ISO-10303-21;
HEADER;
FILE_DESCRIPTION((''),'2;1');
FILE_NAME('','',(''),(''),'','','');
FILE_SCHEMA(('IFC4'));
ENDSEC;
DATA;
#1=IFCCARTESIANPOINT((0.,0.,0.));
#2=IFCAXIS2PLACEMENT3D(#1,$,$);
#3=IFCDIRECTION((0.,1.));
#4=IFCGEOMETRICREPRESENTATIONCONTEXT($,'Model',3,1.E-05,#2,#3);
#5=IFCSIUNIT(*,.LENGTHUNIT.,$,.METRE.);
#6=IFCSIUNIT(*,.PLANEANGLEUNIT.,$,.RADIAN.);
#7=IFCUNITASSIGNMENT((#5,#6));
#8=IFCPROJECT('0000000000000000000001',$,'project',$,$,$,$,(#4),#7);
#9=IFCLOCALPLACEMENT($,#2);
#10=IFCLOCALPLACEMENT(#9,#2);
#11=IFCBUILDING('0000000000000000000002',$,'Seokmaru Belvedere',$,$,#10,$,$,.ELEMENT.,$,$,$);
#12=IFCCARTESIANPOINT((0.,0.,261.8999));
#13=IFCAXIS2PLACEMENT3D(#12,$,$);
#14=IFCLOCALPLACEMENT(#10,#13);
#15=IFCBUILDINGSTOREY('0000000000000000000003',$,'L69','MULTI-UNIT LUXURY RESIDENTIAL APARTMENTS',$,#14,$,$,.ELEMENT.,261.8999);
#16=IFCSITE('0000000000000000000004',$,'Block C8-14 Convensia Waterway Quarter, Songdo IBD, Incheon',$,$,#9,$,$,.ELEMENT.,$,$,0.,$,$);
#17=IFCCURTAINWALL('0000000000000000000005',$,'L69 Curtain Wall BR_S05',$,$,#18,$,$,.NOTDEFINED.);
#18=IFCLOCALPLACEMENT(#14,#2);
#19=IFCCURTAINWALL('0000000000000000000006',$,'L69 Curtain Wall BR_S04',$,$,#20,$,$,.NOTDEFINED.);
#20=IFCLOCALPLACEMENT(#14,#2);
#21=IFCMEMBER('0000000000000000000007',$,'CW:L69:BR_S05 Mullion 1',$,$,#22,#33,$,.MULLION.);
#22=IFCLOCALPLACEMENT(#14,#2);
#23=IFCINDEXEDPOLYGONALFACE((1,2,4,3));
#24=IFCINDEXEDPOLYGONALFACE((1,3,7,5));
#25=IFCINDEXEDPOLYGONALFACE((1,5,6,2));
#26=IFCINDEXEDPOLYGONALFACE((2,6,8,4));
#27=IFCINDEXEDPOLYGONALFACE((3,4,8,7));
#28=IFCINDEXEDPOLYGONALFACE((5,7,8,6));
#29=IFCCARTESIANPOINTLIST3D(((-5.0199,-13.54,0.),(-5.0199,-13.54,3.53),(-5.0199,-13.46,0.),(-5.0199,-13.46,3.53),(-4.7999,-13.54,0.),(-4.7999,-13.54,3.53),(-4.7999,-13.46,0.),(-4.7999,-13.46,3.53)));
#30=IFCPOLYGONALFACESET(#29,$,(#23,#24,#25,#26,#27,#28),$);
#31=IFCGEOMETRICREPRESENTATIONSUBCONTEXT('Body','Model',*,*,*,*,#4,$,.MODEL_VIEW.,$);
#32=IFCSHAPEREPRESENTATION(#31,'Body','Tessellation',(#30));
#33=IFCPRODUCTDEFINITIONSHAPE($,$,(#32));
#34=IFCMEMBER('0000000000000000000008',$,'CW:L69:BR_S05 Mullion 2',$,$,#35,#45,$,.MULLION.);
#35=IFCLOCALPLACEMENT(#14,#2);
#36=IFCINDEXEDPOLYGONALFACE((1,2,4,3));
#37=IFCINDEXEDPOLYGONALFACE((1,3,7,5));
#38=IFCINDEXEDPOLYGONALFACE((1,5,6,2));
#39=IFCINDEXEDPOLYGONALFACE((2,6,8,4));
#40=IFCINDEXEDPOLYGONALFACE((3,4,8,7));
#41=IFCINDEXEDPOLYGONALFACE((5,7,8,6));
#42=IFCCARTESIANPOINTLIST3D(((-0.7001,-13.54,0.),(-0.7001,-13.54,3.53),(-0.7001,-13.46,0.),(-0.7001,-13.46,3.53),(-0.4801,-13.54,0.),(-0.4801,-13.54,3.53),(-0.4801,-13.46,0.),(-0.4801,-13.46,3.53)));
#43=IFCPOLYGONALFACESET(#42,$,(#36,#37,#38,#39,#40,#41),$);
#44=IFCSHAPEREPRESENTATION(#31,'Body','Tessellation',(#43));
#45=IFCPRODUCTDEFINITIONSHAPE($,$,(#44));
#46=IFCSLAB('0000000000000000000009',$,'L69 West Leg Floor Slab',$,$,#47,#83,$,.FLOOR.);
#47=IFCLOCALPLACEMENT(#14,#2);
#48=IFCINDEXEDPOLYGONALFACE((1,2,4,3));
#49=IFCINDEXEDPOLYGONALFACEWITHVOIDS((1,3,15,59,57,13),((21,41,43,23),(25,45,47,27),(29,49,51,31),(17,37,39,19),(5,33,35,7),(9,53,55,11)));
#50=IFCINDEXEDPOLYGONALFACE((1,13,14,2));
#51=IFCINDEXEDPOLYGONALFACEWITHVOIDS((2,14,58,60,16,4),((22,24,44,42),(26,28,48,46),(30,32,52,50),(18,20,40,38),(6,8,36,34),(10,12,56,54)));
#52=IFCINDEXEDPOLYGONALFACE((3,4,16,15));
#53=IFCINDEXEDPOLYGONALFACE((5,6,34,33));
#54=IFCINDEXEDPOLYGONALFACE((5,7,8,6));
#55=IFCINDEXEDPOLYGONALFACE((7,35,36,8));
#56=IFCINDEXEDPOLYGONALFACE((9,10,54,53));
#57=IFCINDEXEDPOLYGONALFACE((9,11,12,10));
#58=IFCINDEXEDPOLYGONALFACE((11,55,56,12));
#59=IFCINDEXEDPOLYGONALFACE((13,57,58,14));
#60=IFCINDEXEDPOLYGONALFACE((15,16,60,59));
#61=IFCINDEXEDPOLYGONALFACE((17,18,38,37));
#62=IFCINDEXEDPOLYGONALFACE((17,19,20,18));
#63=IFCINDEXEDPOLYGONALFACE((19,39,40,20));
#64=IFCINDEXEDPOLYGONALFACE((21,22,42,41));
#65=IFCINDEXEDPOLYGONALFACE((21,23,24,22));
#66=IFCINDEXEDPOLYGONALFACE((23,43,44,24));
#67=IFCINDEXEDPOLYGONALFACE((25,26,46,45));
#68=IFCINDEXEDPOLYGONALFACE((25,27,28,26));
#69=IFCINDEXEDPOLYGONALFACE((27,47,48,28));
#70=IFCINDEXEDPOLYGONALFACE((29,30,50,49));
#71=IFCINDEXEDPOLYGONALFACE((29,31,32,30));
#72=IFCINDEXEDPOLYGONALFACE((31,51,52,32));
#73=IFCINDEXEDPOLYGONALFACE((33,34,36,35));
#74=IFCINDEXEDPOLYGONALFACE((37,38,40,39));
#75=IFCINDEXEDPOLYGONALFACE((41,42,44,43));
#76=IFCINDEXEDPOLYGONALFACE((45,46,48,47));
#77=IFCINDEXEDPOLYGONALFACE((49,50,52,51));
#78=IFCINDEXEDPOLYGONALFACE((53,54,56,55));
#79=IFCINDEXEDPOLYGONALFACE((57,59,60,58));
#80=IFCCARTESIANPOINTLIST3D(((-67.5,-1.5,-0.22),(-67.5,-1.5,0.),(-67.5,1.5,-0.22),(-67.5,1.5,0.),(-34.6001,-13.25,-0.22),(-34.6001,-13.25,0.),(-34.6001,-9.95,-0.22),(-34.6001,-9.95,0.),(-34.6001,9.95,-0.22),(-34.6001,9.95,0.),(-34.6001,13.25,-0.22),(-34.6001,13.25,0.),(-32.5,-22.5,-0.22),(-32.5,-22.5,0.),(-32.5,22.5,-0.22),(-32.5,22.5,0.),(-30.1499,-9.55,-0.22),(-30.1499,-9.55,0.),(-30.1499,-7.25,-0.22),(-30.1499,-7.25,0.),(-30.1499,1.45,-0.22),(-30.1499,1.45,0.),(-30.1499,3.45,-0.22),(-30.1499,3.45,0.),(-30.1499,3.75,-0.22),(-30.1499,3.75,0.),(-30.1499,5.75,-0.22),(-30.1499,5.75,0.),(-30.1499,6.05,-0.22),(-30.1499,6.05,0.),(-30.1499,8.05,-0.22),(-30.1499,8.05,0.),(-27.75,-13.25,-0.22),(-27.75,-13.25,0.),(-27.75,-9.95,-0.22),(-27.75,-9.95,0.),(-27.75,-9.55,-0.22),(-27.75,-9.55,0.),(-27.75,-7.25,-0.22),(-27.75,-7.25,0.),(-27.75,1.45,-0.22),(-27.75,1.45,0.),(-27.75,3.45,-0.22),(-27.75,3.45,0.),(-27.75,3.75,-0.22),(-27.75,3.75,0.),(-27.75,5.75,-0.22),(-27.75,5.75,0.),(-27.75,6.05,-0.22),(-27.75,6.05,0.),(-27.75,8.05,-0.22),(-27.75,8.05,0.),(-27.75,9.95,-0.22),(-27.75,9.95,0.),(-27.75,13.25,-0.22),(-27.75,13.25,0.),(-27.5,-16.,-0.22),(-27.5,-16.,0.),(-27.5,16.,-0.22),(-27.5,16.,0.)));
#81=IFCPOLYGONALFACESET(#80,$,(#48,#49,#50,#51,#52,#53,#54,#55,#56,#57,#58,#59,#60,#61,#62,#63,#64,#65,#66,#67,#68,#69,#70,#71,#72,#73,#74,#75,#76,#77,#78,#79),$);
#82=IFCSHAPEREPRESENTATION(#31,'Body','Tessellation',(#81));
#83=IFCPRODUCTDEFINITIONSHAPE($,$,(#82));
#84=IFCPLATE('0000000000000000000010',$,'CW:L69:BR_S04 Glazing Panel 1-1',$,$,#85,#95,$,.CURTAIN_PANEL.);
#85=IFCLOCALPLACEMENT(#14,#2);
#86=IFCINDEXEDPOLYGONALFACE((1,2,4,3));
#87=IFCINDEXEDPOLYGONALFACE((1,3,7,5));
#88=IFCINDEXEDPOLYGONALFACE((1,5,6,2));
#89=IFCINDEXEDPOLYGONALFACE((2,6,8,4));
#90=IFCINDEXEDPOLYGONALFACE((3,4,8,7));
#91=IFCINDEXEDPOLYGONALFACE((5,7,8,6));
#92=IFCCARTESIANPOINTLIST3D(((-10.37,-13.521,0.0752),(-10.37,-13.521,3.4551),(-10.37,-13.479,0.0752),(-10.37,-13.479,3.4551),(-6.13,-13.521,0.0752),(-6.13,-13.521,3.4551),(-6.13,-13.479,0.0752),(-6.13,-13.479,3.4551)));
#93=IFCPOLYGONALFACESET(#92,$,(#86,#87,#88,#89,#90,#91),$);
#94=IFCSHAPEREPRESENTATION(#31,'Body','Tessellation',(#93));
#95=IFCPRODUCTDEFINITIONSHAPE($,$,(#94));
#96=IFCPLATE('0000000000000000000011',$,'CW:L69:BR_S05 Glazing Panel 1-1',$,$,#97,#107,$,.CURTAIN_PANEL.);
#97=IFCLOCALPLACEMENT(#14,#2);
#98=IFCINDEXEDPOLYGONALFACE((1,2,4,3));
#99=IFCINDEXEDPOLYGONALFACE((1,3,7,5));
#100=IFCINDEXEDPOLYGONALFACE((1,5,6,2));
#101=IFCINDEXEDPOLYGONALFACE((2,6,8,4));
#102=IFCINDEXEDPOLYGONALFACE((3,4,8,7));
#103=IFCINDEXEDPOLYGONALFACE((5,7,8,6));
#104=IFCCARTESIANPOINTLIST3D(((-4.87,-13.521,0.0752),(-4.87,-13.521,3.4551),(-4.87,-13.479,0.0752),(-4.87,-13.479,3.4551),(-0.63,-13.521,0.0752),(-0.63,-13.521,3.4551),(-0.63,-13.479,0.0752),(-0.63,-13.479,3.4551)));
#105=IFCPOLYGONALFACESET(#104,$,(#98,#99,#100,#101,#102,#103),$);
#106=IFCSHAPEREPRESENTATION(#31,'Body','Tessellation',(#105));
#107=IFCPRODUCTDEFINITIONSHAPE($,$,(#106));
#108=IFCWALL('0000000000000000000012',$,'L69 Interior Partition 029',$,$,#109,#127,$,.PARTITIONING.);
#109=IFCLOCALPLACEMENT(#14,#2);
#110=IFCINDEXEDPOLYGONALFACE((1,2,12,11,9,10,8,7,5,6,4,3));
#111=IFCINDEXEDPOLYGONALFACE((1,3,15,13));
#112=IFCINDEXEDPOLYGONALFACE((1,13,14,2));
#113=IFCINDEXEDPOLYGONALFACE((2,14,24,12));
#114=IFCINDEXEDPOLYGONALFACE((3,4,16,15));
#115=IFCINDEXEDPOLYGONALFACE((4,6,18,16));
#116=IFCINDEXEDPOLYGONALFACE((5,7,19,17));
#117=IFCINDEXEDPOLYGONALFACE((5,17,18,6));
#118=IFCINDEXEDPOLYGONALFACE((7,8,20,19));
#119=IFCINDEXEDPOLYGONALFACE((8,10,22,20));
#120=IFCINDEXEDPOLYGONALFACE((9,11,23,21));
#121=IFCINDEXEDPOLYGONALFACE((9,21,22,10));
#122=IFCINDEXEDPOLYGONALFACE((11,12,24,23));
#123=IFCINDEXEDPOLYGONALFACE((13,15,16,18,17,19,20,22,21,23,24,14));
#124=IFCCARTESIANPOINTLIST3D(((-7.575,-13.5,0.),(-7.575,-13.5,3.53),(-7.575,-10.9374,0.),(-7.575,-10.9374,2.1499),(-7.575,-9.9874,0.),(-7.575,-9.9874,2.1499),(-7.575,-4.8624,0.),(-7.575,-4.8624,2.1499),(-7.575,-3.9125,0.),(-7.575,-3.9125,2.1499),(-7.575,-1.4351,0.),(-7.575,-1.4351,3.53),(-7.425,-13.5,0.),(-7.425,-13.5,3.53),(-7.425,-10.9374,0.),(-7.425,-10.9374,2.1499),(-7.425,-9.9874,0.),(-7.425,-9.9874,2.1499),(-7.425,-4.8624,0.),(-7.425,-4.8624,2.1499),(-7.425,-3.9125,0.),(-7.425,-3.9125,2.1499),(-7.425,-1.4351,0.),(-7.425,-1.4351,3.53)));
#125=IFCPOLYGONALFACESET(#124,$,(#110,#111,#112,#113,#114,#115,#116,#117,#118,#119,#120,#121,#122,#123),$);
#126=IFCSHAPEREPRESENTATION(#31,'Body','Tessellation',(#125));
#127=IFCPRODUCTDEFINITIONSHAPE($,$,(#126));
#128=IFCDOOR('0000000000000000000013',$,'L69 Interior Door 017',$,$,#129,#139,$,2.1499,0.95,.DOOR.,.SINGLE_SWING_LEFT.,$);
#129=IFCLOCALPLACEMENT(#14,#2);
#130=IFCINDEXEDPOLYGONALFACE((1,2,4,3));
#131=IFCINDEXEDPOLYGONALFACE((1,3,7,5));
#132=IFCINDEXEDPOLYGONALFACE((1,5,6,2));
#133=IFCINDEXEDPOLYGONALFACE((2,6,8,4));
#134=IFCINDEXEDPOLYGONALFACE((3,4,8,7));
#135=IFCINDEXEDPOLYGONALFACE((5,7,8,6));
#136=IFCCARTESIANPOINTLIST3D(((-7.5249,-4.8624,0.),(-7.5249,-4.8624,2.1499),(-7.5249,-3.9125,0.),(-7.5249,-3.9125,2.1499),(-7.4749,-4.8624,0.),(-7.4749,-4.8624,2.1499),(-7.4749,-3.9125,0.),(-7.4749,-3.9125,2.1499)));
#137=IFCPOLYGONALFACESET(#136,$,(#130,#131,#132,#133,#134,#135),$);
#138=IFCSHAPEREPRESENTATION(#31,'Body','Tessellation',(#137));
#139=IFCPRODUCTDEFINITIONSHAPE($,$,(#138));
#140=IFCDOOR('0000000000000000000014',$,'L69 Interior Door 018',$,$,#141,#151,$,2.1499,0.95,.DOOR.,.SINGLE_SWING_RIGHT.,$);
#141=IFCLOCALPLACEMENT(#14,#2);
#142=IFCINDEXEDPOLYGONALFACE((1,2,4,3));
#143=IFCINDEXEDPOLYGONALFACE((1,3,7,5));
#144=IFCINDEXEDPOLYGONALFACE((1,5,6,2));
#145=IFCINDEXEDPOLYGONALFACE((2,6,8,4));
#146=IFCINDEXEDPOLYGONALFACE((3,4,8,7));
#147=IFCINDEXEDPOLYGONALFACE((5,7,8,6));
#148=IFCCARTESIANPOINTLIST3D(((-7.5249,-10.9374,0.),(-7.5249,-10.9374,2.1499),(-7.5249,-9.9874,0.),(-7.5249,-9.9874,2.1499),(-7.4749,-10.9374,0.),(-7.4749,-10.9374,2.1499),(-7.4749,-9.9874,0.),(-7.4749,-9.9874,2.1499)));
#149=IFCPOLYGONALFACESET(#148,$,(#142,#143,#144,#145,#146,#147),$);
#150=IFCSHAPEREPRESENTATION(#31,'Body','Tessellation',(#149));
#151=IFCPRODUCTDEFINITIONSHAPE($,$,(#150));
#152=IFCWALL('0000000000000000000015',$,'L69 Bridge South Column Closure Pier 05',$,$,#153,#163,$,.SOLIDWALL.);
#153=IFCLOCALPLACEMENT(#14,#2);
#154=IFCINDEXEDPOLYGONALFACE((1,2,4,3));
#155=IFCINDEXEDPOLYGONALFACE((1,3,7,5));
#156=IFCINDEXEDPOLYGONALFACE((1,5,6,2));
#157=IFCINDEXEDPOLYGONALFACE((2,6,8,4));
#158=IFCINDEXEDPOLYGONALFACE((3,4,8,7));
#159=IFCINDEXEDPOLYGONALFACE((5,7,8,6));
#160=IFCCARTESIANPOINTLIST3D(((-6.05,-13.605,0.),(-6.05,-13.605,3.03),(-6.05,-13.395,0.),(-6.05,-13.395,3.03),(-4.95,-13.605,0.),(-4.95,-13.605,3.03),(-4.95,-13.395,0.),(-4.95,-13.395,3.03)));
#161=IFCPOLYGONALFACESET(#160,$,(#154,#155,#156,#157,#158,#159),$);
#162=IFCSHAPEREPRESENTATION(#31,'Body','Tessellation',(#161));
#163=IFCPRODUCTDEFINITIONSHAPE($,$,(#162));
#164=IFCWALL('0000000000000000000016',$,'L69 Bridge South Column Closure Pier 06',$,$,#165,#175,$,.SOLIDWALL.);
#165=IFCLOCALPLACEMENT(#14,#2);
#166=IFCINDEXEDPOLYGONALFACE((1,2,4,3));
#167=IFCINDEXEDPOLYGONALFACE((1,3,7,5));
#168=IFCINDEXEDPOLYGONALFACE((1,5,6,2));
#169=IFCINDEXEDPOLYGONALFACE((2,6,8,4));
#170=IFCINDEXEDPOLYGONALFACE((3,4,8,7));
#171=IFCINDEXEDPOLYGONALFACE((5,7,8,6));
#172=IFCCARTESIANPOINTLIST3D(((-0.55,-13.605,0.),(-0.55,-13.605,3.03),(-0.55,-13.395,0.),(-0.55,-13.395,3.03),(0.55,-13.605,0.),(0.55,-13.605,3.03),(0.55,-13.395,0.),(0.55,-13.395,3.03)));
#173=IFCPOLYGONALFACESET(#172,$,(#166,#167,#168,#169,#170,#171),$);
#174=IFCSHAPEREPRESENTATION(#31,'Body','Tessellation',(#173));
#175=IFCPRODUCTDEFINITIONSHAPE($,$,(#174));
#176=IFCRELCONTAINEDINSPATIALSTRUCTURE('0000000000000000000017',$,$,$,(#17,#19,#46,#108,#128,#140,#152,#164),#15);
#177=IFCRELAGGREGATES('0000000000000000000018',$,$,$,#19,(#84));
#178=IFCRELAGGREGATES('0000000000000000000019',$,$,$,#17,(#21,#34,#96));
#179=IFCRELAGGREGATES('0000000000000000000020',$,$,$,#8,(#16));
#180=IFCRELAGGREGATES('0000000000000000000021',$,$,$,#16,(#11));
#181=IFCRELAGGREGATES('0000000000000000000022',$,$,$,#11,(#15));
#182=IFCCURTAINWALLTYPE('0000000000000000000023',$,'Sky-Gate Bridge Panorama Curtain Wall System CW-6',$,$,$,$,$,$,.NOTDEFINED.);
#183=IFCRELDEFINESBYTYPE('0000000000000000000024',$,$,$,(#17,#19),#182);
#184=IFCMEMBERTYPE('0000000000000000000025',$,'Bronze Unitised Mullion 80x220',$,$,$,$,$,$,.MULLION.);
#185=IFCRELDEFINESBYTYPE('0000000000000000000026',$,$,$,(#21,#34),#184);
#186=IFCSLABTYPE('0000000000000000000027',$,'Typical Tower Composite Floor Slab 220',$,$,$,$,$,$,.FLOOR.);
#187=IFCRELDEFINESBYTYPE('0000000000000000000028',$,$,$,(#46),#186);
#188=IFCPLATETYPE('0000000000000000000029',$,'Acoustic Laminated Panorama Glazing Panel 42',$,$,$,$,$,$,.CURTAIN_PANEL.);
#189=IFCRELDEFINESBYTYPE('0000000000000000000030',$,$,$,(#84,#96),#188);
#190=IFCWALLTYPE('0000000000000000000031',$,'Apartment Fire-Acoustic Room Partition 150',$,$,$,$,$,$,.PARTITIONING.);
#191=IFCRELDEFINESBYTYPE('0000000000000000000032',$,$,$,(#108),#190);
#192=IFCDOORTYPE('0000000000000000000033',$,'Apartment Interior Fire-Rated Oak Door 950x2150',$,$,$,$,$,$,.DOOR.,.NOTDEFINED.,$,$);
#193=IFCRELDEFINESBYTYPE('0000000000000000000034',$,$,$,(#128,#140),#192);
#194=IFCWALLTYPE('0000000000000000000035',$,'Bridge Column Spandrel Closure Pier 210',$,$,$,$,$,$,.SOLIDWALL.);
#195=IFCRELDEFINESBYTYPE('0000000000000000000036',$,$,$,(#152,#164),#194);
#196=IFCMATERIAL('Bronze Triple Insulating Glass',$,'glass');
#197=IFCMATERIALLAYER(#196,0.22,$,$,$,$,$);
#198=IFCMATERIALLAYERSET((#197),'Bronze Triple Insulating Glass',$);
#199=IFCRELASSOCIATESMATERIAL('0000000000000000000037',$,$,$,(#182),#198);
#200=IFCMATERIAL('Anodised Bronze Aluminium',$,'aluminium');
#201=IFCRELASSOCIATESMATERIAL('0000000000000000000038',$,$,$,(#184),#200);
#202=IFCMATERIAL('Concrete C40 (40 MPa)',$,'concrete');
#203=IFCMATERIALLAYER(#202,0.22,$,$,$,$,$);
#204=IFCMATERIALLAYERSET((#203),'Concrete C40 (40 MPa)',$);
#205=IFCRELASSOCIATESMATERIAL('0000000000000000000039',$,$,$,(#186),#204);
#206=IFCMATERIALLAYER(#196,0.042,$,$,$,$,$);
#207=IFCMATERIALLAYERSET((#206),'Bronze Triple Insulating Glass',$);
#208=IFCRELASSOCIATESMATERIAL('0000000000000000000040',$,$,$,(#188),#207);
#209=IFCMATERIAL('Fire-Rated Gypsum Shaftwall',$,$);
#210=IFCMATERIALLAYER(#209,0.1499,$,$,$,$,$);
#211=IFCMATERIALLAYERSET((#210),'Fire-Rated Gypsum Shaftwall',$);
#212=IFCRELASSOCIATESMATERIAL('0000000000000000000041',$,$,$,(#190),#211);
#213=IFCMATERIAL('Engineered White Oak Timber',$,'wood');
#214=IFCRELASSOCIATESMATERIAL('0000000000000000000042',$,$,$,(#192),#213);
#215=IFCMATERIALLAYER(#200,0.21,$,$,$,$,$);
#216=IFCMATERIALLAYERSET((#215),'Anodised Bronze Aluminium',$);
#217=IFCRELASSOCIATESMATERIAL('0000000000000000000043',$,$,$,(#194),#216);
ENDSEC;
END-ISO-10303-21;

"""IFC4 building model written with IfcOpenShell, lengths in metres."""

from ifc_helpers import new_model, si_unit, direction, frame, frame_2d, origin, origin_2d, place, context, subcontext, project, spatial, polyline, rectangle, outline, extrude, source, transform, mapped, material, layer, layer_set, material_profile, profile_set, type_object, type_shapes, element, fill, aggregate, save


model = new_model("IFC4")

# Units and contexts
model_context = context("Model", 3, precision=1e-05, world=origin(), true_north=direction((0.0, 1.0)))
body_context = subcontext(model_context, "Body", "Model", "MODEL_VIEW")
ifc_project = project(units=[si_unit("LENGTHUNIT", "METRE"), si_unit("PLANEANGLEUNIT", "RADIAN")], contexts=[model_context])

# Site, building, storey
site_placement = place(None, origin())
site = spatial("IfcSite", under=ifc_project, at=site_placement, Name="Block C8-14 Convensia Waterway Quarter, Songdo IBD, Incheon", CompositionType="ELEMENT", RefElevation=0.0)
building_placement = place(site_placement, origin())
building = spatial("IfcBuilding", under=site, at=building_placement, Name="Seokmaru Belvedere", CompositionType="ELEMENT")
storey_placement = place(building_placement, frame((0.0, 0.0, 261.8999)))
storey = spatial("IfcBuildingStorey", under=building, at=storey_placement, Name="L69", Description="MULTI-UNIT LUXURY RESIDENTIAL APARTMENTS", CompositionType="ELEMENT", Elevation=261.8999)

# Curtain wall
ifc_material_1 = material(Name="Bronze Triple Insulating Glass", Category="glass")
ifc_layer_1 = layer(ifc_material_1, 0.22)
ifc_layer_set_1 = layer_set([ifc_layer_1], Name="Bronze Triple Insulating Glass")
curtain_wall_type = type_object("IfcCurtainWallType", Name="Sky-Gate Bridge Panorama Curtain Wall System CW-6", PredefinedType="NOTDEFINED", material=ifc_layer_set_1)
curtain_wall_1_placement = place(storey_placement, origin())
curtain_wall_1 = element("IfcCurtainWall", 1, at=curtain_wall_1_placement, inside=storey, type_object=curtain_wall_type, Name="L69 Curtain Wall BR_S05", PredefinedType="NOTDEFINED")
ifc_material_2 = material(Name="Anodised Bronze Aluminium", Category="aluminium")

# Curtain wall
curtain_wall_2_placement = place(storey_placement, origin())
curtain_wall_2 = element("IfcCurtainWall", 2, at=curtain_wall_2_placement, inside=storey, type_object=curtain_wall_type, Name="L69 Curtain Wall BR_S04", PredefinedType="NOTDEFINED")
ifc_material_profile_1 = material_profile(ifc_material_2, rectangle(XDim=0.0801, YDim=0.22, at=origin_2d()), Name="CW-M-80x220")
ifc_profile_set_1 = profile_set([ifc_material_profile_1], Name="Anodised Bronze Aluminium")
member_type_1 = type_object("IfcMemberType", Name="Bronze Unitised Mullion 80x220", PredefinedType="MULLION", material=ifc_profile_set_1)
shared_shape_1 = source(origin(), body_context, "Body", "SweptSolid", [
    extrude(rectangle(XDim=0.0801, YDim=0.22, at=origin_2d()), origin(), (0.0, 0.0, 1.0), 3.53),
])
type_shapes(member_type_1, [shared_shape_1])

# Members
member_1_placement = place(storey_placement, frame((-4.9099, -13.5, 0.0), z_axis=(0.0, 0.0, 1.0), x_axis=(0.0, 1.0, 0.0)))
member_1 = element("IfcMember", 3, at=member_1_placement, type_object=member_type_1, Name="CW:L69:BR_S05 Mullion 1", PredefinedType="MULLION", context=body_context, shape_type="MappedRepresentation", body=[
    mapped(shared_shape_1, transform((0.0, 0.0, 0.0), scale=1.0)),
])
member_2_placement = place(storey_placement, frame((-0.5901, -13.5, 0.0), z_axis=(0.0, 0.0, 1.0), x_axis=(0.0, 1.0, 0.0)))
member_2 = element("IfcMember", 4, at=member_2_placement, type_object=member_type_1, Name="CW:L69:BR_S05 Mullion 2", PredefinedType="MULLION", context=body_context, shape_type="MappedRepresentation", body=[
    mapped(shared_shape_1, transform((0.0, 0.0, 0.0), scale=1.0)),
])

# Slab
ifc_material_3 = material(Name="Concrete C40 (40 MPa)", Category="concrete")
ifc_layer_2 = layer(ifc_material_3, 0.22)
ifc_layer_set_2 = layer_set([ifc_layer_2], Name="Concrete C40 (40 MPa)")
slab_type = type_object("IfcSlabType", Name="Typical Tower Composite Floor Slab 220", PredefinedType="FLOOR", material=ifc_layer_set_2)
slab_placement = place(storey_placement, frame((0.0, 0.0, -0.22)))
element("IfcSlab", 5, at=slab_placement, inside=storey, type_object=slab_type, Name="L69 West Leg Floor Slab", PredefinedType="FLOOR", context=body_context, shape_type="SweptSolid", body=[
    extrude(outline(polyline([(-27.5, -16.0), (-27.5, 16.0), (-32.5, 22.5), (-67.5, 1.5), (-67.5, -1.5), (-32.5, -22.5), (-27.5, -16.0)]), holes=[polyline([(-34.6001, -13.25), (-27.75, -13.25), (-27.75, -9.95), (-34.6001, -9.95), (-34.6001, -13.25)]), polyline([(-34.6001, 9.95), (-27.75, 9.95), (-27.75, 13.25), (-34.6001, 13.25), (-34.6001, 9.95)]), polyline([(-30.1499, -9.55), (-27.75, -9.55), (-27.75, -7.25), (-30.1499, -7.25), (-30.1499, -9.55)]), polyline([(-30.1499, 1.45), (-27.75, 1.45), (-27.75, 3.45), (-30.1499, 3.45), (-30.1499, 1.45)]), polyline([(-30.1499, 3.75), (-27.75, 3.75), (-27.75, 5.75), (-30.1499, 5.75), (-30.1499, 3.75)]), polyline([(-30.1499, 6.05), (-27.75, 6.05), (-27.75, 8.05), (-30.1499, 8.05), (-30.1499, 6.05)])]), origin(), (0.0, 0.0, 1.0), 0.22),
])

# Plates
ifc_layer_3 = layer(ifc_material_1, 0.042)
ifc_layer_set_3 = layer_set([ifc_layer_3], Name="Bronze Triple Insulating Glass")
plate_type = type_object("IfcPlateType", Name="Acoustic Laminated Panorama Glazing Panel 42", PredefinedType="CURTAIN_PANEL", material=ifc_layer_set_3)
shared_shape_2 = source(origin(), body_context, "Body", "SweptSolid", [
    extrude(rectangle(XDim=4.24, YDim=0.042, at=origin_2d()), origin(), (0.0, 0.0, 1.0), 3.3799),
])
type_shapes(plate_type, [shared_shape_2])
plate_1_placement = place(storey_placement, frame((-8.25, -13.5, 0.0752), z_axis=(0.0, 0.0, 1.0), x_axis=(1.0, 0.0, 0.0)))
plate_1 = element("IfcPlate", 6, at=plate_1_placement, type_object=plate_type, Name="CW:L69:BR_S04 Glazing Panel 1-1", PredefinedType="CURTAIN_PANEL", context=body_context, shape_type="MappedRepresentation", body=[
    mapped(shared_shape_2, transform((0.0, 0.0, 0.0), scale=1.0)),
])
aggregate(curtain_wall_2, [plate_1])
plate_2_placement = place(storey_placement, frame((-2.75, -13.5, 0.0752), z_axis=(0.0, 0.0, 1.0), x_axis=(1.0, 0.0, 0.0)))
plate_2 = element("IfcPlate", 7, at=plate_2_placement, type_object=plate_type, Name="CW:L69:BR_S05 Glazing Panel 1-1", PredefinedType="CURTAIN_PANEL", context=body_context, shape_type="MappedRepresentation", body=[
    mapped(shared_shape_2, transform((0.0, 0.0, 0.0), scale=1.0)),
])
aggregate(curtain_wall_1, [member_1, member_2, plate_2])

# Wall, openings, doors
ifc_material_4 = material(Name="Fire-Rated Gypsum Shaftwall")
ifc_layer_4 = layer(ifc_material_4, 0.1499)
ifc_layer_set_4 = layer_set([ifc_layer_4], Name="Fire-Rated Gypsum Shaftwall")
wall_type_1 = type_object("IfcWallType", Name="Apartment Fire-Acoustic Room Partition 150", PredefinedType="PARTITIONING", material=ifc_layer_set_4)
wall_1_placement = place(storey_placement, frame((-7.5, -13.5, 0.0), z_axis=(0.0, 0.0, 1.0), x_axis=(0.0, 1.0, 0.0)))
wall_1 = element("IfcWall", 8, at=wall_1_placement, inside=storey, type_object=wall_type_1, Name="L69 Interior Partition 029", PredefinedType="PARTITIONING", context=body_context, shape_type="SweptSolid", body=[
    extrude(rectangle(XDim=12.0649, YDim=0.1499, at=frame_2d((6.0325, 0.0))), origin(), (0.0, 0.0, 1.0), 3.53),
])
opening_1_placement = place(wall_1_placement, frame((8.6375, 0.0, 0.0)))
opening_1 = element("IfcOpeningElement", 9, at=opening_1_placement, cuts=wall_1, PredefinedType="OPENING", context=body_context, shape_type="SweptSolid", body=[
    extrude(rectangle(XDim=0.95, YDim=2.1499, at=frame_2d((0.4751, 1.075))), frame((0.0, 0.085, 0.0), z_axis=(0.0, -1.0, 0.0), x_axis=(1.0, 0.0, 0.0)), (0.0, 0.0, 1.0), 0.1699),
])
opening_2_placement = place(wall_1_placement, frame((2.5625, 0.0, 0.0)))
opening_2 = element("IfcOpeningElement", 10, at=opening_2_placement, cuts=wall_1, PredefinedType="OPENING", context=body_context, shape_type="SweptSolid", body=[
    extrude(rectangle(XDim=0.95, YDim=2.1499, at=frame_2d((0.4751, 1.075))), frame((0.0, 0.085, 0.0), z_axis=(0.0, -1.0, 0.0), x_axis=(1.0, 0.0, 0.0)), (0.0, 0.0, 1.0), 0.1699),
])
ifc_material_5 = material(Name="Engineered White Oak Timber", Category="wood")
door_type_1 = type_object("IfcDoorType", Name="Apartment Interior Fire-Rated Oak Door 950x2150", OperationType="NOTDEFINED", PredefinedType="DOOR", material=ifc_material_5)
shared_shape_3 = source(origin(), body_context, "Body", "SweptSolid", [
    extrude(rectangle(XDim=0.95, YDim=2.1499, at=frame_2d((0.4751, 1.075))), frame((0.0, 0.0249, 0.0), z_axis=(0.0, -1.0, 0.0), x_axis=(1.0, 0.0, 0.0)), (0.0, 0.0, 1.0), 0.05),
])
type_shapes(door_type_1, [shared_shape_3])
door_1_placement = place(opening_1_placement, origin())
door_1 = element("IfcDoor", 11, at=door_1_placement, inside=storey, type_object=door_type_1, Name="L69 Interior Door 017", OperationType="SINGLE_SWING_LEFT", OverallHeight=2.1499, OverallWidth=0.95, PredefinedType="DOOR", context=body_context, shape_type="MappedRepresentation", body=[
    mapped(shared_shape_3, transform((0.0, 0.0, 0.0), scale=1.0)),
])
fill(opening_1, door_1)
door_2_placement = place(opening_2_placement, origin())
door_2 = element("IfcDoor", 12, at=door_2_placement, inside=storey, type_object=door_type_1, Name="L69 Interior Door 018", OperationType="SINGLE_SWING_RIGHT", OverallHeight=2.1499, OverallWidth=0.95, PredefinedType="DOOR", context=body_context, shape_type="MappedRepresentation", body=[
    mapped(shared_shape_3, transform((0.0, 0.0, 0.0), scale=1.0)),
])
fill(opening_2, door_2)

# Walls
ifc_layer_5 = layer(ifc_material_2, 0.21)
ifc_layer_set_5 = layer_set([ifc_layer_5], Name="Anodised Bronze Aluminium")
wall_type_2 = type_object("IfcWallType", Name="Bridge Column Spandrel Closure Pier 210", PredefinedType="SOLIDWALL", material=ifc_layer_set_5)
for number, where, z_axis, x_axis, name in (
    (13, (-6.05, -13.5, 0.0), (0.0, 0.0, 1.0), (1.0, 0.0, 0.0), "L69 Bridge South Column Closure Pier 05"),
    (14, (-0.55, -13.5, 0.0), (0.0, 0.0, 1.0), (1.0, 0.0, 0.0), "L69 Bridge South Column Closure Pier 06"),
):
    element("IfcWall", number, at=place(storey_placement, frame(where, z_axis=z_axis, x_axis=x_axis)), inside=storey, type_object=wall_type_2, Name=name, PredefinedType="SOLIDWALL", context=body_context, shape_type="SweptSolid", body=[
        extrude(rectangle(XDim=1.1001, YDim=0.21, at=frame_2d((0.55, 0.0))), origin(), (0.0, 0.0, 1.0), 3.03),
    ])

save(model, "model.ifc")
